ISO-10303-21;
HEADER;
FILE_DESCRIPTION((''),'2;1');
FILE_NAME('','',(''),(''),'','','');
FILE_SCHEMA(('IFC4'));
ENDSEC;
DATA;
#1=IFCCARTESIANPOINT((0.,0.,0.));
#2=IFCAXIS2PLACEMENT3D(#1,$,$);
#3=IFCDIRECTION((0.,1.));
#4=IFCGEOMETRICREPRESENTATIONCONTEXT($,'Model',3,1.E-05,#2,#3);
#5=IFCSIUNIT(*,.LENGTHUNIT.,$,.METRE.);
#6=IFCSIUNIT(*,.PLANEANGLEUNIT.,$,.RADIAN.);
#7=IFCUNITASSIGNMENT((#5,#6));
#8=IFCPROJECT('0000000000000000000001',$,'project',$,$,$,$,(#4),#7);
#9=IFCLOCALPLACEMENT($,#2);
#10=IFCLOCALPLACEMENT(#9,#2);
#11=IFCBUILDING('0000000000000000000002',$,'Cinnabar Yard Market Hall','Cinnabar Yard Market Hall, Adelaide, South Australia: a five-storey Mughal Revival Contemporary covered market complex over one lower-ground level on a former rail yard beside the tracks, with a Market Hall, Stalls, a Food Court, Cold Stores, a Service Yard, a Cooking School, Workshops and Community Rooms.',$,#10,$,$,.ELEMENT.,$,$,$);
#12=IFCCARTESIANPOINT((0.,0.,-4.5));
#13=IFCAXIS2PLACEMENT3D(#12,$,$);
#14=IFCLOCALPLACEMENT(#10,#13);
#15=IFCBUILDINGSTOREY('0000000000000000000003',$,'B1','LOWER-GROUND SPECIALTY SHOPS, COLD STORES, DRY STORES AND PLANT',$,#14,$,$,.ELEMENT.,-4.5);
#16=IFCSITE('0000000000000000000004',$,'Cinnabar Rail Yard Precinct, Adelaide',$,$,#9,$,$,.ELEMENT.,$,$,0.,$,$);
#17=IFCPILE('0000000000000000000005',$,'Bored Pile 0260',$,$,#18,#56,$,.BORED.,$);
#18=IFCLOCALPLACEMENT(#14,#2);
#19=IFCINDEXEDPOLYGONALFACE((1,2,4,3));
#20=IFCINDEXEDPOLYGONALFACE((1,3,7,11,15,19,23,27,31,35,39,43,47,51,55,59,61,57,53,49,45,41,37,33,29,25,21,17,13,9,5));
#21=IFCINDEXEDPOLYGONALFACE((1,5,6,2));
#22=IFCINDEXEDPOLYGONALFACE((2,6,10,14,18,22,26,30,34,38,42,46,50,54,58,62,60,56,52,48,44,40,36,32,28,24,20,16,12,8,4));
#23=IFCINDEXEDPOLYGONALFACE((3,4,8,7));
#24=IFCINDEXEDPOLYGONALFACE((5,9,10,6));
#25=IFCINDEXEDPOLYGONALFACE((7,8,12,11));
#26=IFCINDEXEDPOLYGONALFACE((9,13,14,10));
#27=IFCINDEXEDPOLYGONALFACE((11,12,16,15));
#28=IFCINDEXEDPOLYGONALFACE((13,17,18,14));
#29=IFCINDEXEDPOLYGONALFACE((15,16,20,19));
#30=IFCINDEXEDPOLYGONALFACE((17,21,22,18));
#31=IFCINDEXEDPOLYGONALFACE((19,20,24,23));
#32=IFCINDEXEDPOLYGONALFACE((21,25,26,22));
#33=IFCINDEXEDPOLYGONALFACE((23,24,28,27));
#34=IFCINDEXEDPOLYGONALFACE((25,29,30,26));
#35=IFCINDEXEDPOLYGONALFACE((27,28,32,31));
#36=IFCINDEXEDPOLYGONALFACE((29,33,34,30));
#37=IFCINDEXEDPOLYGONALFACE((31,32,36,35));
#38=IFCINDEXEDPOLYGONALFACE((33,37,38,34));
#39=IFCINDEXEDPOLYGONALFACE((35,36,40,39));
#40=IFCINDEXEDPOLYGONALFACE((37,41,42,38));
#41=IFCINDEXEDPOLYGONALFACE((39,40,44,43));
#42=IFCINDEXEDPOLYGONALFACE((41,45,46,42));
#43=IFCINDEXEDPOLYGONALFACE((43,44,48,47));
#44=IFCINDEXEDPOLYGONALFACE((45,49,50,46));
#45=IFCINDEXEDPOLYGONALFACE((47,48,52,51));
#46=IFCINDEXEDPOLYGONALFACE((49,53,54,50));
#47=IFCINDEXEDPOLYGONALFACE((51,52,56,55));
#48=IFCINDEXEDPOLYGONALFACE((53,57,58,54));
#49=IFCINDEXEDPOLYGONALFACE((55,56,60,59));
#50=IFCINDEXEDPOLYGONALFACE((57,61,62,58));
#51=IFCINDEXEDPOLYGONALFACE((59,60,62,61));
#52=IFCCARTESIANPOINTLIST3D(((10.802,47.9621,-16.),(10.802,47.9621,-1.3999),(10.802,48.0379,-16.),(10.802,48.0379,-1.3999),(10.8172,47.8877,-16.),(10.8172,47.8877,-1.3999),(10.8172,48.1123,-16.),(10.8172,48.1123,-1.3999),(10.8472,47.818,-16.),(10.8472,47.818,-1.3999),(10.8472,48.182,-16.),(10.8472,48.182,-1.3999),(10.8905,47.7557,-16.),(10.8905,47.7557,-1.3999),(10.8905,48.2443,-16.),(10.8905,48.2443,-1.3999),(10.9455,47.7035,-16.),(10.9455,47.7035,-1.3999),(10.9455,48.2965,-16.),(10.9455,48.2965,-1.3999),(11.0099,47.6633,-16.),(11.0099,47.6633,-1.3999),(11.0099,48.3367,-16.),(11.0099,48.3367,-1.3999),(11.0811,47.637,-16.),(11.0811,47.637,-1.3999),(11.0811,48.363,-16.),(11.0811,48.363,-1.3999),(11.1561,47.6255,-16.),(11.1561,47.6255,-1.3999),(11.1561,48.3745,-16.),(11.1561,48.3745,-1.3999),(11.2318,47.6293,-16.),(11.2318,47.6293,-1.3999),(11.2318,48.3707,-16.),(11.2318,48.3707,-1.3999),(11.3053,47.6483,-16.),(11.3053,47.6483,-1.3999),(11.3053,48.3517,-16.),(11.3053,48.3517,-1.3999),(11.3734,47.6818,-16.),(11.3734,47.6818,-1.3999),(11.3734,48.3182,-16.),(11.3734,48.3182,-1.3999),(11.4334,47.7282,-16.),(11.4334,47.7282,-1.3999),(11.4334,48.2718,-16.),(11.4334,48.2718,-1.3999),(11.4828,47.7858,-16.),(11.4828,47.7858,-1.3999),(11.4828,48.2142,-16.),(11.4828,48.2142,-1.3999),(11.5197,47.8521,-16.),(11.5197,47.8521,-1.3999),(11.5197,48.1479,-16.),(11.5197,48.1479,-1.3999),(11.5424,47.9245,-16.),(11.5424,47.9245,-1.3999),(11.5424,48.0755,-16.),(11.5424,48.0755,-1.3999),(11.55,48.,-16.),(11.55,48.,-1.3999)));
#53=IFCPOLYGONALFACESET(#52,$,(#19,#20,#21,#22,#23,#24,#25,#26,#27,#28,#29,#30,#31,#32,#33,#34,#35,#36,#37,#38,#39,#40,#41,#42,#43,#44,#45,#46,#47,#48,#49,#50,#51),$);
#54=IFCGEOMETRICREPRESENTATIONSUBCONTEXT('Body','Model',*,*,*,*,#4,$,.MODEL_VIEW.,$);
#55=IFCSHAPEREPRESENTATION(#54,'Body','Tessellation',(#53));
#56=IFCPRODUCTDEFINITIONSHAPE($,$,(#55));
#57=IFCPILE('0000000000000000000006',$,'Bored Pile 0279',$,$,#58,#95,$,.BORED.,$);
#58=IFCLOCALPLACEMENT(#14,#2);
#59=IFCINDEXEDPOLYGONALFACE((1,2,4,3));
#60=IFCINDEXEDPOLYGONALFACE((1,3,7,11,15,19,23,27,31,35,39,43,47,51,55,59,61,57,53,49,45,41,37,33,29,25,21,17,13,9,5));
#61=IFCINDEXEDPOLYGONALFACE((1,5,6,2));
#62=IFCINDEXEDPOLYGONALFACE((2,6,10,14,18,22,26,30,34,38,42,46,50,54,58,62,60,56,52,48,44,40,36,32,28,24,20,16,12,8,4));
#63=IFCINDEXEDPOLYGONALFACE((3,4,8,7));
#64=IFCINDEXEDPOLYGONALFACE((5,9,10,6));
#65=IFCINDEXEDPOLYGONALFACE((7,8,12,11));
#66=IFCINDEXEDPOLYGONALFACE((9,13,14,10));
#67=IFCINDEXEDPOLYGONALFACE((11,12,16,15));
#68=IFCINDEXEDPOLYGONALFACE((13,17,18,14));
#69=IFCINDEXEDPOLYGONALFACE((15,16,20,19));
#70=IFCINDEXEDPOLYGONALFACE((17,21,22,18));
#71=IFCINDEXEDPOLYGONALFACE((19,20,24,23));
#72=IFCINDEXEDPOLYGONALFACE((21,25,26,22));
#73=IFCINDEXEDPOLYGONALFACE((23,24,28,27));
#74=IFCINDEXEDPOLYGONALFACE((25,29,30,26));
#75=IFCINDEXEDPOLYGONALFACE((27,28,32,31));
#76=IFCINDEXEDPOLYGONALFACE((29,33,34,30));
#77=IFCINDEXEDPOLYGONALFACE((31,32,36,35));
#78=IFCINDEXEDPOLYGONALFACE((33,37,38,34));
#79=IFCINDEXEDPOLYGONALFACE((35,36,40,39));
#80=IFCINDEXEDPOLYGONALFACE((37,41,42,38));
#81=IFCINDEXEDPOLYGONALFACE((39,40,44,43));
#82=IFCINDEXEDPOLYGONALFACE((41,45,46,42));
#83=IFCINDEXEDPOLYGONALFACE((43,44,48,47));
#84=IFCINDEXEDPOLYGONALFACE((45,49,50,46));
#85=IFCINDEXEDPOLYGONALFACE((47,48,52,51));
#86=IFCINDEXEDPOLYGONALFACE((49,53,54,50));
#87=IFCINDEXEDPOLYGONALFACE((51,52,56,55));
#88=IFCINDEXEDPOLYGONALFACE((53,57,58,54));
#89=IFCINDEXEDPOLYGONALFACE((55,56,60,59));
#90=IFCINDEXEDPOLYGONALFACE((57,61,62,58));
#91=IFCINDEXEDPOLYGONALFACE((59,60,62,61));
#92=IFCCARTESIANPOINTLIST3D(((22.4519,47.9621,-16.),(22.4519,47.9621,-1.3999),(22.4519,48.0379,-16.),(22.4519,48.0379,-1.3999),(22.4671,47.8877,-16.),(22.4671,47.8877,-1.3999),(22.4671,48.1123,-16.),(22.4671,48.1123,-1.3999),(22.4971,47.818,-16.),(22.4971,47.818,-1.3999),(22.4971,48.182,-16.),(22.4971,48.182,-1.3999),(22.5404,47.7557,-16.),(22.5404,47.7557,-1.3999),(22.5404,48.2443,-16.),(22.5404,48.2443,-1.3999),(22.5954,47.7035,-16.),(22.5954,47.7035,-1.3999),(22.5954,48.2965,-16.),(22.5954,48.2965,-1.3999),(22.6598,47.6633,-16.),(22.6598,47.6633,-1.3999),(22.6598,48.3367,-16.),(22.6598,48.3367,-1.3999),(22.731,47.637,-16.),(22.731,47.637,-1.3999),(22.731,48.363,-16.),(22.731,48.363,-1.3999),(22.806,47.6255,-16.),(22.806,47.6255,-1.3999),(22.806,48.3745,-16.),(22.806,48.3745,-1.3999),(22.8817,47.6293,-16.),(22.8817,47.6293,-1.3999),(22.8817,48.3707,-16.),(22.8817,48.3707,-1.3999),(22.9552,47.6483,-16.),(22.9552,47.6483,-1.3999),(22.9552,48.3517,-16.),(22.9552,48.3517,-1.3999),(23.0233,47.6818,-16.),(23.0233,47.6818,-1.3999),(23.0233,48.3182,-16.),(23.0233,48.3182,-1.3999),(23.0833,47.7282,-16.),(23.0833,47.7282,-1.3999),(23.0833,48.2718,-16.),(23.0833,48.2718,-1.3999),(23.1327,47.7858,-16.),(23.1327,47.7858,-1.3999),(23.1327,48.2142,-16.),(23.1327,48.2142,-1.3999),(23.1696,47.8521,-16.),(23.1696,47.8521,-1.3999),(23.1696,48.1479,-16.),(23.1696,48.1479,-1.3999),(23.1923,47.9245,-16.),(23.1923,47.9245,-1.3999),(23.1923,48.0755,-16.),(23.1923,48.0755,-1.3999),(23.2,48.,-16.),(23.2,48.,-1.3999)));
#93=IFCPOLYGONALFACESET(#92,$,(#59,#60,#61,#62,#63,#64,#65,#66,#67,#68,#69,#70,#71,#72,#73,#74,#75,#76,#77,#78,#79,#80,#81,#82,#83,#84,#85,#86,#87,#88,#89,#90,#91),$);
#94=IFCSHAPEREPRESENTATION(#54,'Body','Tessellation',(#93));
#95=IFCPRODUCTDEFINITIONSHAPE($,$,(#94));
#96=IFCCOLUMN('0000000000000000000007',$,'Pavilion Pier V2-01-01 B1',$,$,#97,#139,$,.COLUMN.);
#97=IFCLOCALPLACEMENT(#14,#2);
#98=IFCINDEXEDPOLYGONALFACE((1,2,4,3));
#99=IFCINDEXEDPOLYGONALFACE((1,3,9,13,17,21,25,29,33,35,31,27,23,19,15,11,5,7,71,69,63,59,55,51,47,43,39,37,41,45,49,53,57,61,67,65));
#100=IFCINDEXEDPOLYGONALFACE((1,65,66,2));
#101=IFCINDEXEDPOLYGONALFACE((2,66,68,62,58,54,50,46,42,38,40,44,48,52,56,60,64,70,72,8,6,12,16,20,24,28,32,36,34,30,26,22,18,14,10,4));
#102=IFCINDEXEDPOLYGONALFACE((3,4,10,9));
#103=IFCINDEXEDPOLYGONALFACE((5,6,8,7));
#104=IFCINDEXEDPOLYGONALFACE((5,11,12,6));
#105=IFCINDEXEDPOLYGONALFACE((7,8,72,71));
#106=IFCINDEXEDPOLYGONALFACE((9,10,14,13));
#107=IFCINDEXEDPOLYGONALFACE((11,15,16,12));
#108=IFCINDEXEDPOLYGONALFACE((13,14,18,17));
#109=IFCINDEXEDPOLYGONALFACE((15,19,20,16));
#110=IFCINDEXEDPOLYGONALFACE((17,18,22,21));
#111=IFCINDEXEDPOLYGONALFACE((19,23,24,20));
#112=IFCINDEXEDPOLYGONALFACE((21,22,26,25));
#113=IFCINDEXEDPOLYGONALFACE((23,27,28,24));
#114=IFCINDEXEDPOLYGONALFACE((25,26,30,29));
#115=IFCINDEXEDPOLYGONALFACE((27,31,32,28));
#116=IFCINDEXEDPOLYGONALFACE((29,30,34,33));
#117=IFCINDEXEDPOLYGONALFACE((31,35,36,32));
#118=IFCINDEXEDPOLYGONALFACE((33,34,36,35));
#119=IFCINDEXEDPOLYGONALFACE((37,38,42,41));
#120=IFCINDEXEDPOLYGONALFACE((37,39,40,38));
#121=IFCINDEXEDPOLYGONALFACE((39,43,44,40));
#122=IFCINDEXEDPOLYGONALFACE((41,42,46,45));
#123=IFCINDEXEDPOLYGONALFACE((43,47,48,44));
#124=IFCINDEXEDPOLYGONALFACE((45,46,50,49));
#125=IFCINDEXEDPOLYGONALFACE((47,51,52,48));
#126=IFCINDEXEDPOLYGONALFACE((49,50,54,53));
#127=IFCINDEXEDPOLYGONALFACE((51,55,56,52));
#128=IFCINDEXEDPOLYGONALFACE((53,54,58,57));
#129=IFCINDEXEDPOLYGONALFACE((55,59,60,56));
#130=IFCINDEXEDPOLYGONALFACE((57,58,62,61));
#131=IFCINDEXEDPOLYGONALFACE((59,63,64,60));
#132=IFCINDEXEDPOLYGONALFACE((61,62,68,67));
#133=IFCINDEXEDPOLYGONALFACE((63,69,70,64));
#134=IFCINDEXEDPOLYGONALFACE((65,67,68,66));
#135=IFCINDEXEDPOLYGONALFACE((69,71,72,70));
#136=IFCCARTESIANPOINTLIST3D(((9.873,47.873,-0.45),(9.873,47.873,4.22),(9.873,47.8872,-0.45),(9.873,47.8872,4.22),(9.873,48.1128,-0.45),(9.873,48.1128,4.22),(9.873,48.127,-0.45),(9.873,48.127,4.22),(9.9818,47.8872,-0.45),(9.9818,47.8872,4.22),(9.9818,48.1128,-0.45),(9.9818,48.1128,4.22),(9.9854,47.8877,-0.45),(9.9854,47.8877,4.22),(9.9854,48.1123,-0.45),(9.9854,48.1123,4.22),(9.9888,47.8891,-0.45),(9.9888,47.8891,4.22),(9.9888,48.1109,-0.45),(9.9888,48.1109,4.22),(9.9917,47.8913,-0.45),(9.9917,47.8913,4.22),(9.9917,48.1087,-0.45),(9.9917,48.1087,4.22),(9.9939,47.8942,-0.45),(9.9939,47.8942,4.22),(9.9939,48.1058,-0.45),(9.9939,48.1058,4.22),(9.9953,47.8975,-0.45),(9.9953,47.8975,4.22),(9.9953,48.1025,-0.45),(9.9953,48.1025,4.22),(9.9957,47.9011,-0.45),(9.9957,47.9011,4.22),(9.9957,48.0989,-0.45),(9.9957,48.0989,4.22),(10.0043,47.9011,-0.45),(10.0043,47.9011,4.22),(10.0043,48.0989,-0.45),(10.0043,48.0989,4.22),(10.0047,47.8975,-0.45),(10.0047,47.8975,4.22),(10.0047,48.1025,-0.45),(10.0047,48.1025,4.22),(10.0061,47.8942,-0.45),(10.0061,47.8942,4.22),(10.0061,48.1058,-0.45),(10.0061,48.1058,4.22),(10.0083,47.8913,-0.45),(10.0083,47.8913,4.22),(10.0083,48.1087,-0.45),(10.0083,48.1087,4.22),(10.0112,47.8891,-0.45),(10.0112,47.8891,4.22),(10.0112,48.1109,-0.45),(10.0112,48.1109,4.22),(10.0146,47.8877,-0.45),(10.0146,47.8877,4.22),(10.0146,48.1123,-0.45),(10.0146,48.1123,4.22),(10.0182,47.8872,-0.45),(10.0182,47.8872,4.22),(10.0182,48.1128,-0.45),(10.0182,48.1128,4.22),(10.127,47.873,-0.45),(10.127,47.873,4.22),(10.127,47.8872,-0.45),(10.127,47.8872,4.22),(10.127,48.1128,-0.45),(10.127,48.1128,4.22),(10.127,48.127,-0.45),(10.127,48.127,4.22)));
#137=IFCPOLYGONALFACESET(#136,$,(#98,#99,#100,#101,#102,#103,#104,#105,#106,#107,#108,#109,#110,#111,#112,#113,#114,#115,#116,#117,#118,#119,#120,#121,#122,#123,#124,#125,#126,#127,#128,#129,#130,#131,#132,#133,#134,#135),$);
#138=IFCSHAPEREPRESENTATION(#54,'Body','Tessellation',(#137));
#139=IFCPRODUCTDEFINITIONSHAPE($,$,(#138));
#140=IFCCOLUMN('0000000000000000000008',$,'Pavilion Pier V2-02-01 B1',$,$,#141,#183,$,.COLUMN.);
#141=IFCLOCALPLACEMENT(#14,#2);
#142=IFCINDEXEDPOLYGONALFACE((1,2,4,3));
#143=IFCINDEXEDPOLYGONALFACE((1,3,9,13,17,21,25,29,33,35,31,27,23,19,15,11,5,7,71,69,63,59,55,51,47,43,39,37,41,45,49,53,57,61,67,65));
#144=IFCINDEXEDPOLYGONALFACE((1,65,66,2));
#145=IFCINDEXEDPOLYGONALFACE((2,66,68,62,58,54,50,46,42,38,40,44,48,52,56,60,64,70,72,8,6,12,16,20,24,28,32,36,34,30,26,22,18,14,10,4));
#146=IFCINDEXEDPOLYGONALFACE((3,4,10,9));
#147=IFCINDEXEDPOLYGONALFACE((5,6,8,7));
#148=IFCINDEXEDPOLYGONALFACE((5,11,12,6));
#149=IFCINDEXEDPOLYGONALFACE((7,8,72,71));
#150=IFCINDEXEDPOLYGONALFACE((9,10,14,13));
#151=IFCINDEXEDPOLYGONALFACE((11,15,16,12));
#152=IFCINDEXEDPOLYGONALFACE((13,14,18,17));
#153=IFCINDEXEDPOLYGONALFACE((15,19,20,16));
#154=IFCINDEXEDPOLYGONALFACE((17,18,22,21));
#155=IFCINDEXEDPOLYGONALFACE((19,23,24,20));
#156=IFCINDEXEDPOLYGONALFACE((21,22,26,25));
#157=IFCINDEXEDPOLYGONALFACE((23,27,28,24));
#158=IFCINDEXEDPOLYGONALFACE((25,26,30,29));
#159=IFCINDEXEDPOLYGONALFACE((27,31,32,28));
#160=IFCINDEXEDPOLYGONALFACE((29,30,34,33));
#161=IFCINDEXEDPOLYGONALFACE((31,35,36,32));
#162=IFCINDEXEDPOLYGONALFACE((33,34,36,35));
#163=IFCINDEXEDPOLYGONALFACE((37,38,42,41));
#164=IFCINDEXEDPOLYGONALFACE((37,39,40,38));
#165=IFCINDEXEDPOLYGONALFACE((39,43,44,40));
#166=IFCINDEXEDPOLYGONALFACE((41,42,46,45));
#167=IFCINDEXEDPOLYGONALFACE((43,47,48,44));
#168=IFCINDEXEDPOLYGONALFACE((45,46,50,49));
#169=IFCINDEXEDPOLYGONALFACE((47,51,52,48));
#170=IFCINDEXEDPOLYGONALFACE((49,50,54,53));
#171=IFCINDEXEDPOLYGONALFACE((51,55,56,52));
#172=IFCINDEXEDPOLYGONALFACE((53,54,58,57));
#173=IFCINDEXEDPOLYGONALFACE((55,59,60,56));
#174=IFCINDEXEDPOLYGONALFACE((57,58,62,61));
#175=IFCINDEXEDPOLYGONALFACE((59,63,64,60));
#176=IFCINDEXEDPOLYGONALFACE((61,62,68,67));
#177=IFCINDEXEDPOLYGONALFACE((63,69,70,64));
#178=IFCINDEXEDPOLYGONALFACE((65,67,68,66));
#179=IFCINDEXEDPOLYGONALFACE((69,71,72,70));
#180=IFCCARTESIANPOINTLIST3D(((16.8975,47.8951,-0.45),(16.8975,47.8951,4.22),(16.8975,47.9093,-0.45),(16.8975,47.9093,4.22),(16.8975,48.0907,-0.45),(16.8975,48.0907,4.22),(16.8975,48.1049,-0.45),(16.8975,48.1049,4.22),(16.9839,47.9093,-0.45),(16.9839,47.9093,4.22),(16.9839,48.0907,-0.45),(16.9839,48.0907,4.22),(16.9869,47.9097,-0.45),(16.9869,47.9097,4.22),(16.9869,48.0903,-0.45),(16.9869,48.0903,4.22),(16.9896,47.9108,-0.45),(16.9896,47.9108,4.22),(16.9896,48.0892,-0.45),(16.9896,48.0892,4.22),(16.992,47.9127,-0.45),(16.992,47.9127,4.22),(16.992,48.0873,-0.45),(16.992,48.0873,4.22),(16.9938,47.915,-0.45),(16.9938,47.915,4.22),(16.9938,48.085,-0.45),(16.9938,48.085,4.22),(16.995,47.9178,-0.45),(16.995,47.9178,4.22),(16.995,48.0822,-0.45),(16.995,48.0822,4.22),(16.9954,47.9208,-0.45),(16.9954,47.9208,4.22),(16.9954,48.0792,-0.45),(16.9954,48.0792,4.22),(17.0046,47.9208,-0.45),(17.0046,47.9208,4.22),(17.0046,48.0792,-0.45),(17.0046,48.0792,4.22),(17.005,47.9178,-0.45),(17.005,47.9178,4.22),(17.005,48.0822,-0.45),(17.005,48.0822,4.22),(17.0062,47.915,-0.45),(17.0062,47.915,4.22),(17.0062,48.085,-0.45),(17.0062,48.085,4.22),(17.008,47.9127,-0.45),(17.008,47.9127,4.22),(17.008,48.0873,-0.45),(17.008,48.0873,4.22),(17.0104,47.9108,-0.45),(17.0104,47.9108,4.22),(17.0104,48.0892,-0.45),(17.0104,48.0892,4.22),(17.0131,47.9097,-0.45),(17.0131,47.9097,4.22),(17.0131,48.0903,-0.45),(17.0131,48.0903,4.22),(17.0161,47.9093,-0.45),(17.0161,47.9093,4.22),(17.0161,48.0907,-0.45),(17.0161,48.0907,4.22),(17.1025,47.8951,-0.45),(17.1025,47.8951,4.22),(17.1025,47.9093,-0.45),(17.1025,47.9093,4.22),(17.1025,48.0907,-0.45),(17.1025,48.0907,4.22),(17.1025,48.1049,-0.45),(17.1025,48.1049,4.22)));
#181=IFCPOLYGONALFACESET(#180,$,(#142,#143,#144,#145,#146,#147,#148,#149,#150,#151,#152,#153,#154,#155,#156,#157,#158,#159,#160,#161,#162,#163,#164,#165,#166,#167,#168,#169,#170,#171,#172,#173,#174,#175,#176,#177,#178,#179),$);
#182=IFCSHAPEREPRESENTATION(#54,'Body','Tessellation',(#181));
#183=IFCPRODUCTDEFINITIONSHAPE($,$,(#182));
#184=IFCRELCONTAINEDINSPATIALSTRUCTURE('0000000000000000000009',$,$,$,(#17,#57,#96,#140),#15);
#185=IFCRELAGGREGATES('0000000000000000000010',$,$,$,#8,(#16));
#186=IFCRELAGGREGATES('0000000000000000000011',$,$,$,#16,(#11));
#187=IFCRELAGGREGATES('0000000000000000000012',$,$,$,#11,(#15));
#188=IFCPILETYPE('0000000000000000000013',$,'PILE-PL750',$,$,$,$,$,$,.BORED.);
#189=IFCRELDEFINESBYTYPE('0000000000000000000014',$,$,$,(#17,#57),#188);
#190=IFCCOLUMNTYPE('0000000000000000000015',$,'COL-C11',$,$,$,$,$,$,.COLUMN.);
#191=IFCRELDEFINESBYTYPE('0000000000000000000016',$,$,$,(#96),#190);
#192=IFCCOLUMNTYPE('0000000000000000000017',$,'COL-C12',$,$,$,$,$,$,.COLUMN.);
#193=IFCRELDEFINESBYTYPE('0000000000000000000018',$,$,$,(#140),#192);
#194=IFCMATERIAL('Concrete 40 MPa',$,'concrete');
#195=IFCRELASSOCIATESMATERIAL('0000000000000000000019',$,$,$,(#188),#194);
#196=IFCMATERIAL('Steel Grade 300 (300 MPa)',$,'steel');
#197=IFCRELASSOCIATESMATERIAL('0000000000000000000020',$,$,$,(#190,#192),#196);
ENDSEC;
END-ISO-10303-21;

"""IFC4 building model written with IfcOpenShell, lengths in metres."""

from ifc_helpers import new_model, si_unit, direction, frame, origin, origin_2d_with_axis, place, context, subcontext, project, spatial, circle, i_section, extrude, material, material_profile, profile_set, type_object, element, save


model = new_model("IFC4")

# Units and contexts
model_context = context("Model", 3, precision=1e-05, world=origin(), true_north=direction((0.0, 1.0)))
body_context = subcontext(model_context, "Body", "Model", "MODEL_VIEW")
ifc_project = project(units=[si_unit("LENGTHUNIT", "METRE"), si_unit("PLANEANGLEUNIT", "RADIAN")], contexts=[model_context])

# Site, building, storey
site_placement = place(None, origin())
site = spatial("IfcSite", under=ifc_project, at=site_placement, Name="Cinnabar Rail Yard Precinct, Adelaide", CompositionType="ELEMENT", RefElevation=0.0)
building_placement = place(site_placement, origin())
building = spatial("IfcBuilding", under=site, at=building_placement, Name="Cinnabar Yard Market Hall", Description="Cinnabar Yard Market Hall, Adelaide, South Australia: a five-storey Mughal Revival Contemporary covered market complex over one lower-ground level on a former rail yard beside the tracks, with a Market Hall, Stalls, a Food Court, Cold Stores, a Service Yard, a Cooking School, Workshops and Community Rooms.", CompositionType="ELEMENT")
storey_placement = place(building_placement, frame((0.0, 0.0, -4.5)))
storey = spatial("IfcBuildingStorey", under=building, at=storey_placement, Name="B1", Description="LOWER-GROUND SPECIALTY SHOPS, COLD STORES, DRY STORES AND PLANT", CompositionType="ELEMENT", Elevation=-4.5)

# Shared definitions
ifc_material_1 = material(Name="Concrete 40 MPa", Category="concrete")

# Piles
ifc_material_profile_1 = material_profile(ifc_material_1, circle(Radius=0.375, at=origin_2d_with_axis()), Name="PILE-D750")
ifc_profile_set_1 = profile_set([ifc_material_profile_1], Name="Concrete 40 MPa")
pile_type_1 = type_object("IfcPileType", Name="PILE-PL750", PredefinedType="BORED", material=ifc_profile_set_1)
for number, where, z_axis, x_axis, name in (
    (1, (11.175, 48.0, -1.3999), (0.0, 0.0, -1.0), (1.0, 0.0, 0.0), "Bored Pile 0260"),
    (2, (22.825, 48.0, -1.3999), (0.0, 0.0, -1.0), (1.0, 0.0, 0.0), "Bored Pile 0279"),
):
    element("IfcPile", number, at=place(storey_placement, frame(where, z_axis=z_axis, x_axis=x_axis)), inside=storey, type_object=pile_type_1, Name=name, PredefinedType="BORED", context=body_context, shape_type="SweptSolid", body=[
        extrude(circle(Radius=0.375, at=origin_2d_with_axis()), origin(), (0.0, 0.0, 1.0), 14.6001),
    ])

# Columns
ifc_material_2 = material(Name="Steel Grade 300 (300 MPa)", Category="steel")
ifc_material_profile_2 = material_profile(ifc_material_2, i_section(OverallWidth=0.2539, OverallDepth=0.2539, WebThickness=0.0085, FlangeThickness=0.0142, FilletRadius=0.0139, at=origin_2d_with_axis()), Name="250UC72.9")
ifc_profile_set_2 = profile_set([ifc_material_profile_2], Name="Steel Grade 300 (300 MPa)")
column_type_1 = type_object("IfcColumnType", Name="COL-C11", PredefinedType="COLUMN", material=ifc_profile_set_2)
column_1_placement = place(storey_placement, frame((10.0, 48.0, -0.45), z_axis=(0.0, 0.0, 1.0), x_axis=(1.0, 0.0, 0.0)))
element("IfcColumn", 3, at=column_1_placement, inside=storey, type_object=column_type_1, Name="Pavilion Pier V2-01-01 B1", PredefinedType="COLUMN", context=body_context, shape_type="SweptSolid", body=[
    extrude(i_section(OverallWidth=0.2539, OverallDepth=0.2539, WebThickness=0.0085, FlangeThickness=0.0142, FilletRadius=0.0139, at=origin_2d_with_axis()), origin(), (0.0, 0.0, 1.0), 4.6699),
])
ifc_material_profile_3 = material_profile(ifc_material_2, i_section(OverallWidth=0.2051, OverallDepth=0.2097, WebThickness=0.0093, FlangeThickness=0.0142, FilletRadius=0.0115, at=origin_2d_with_axis()), Name="200UC59.5")
ifc_profile_set_3 = profile_set([ifc_material_profile_3], Name="Steel Grade 300 (300 MPa)")
column_type_2 = type_object("IfcColumnType", Name="COL-C12", PredefinedType="COLUMN", material=ifc_profile_set_3)
column_2_placement = place(storey_placement, frame((17.0, 48.0, -0.45), z_axis=(0.0, 0.0, 1.0), x_axis=(1.0, 0.0, 0.0)))
element("IfcColumn", 4, at=column_2_placement, inside=storey, type_object=column_type_2, Name="Pavilion Pier V2-02-01 B1", PredefinedType="COLUMN", context=body_context, shape_type="SweptSolid", body=[
    extrude(i_section(OverallWidth=0.2051, OverallDepth=0.2097, WebThickness=0.0093, FlangeThickness=0.0142, FilletRadius=0.0115, at=origin_2d_with_axis()), origin(), (0.0, 0.0, 1.0), 4.6699),
])

save(model, "model.ifc")
